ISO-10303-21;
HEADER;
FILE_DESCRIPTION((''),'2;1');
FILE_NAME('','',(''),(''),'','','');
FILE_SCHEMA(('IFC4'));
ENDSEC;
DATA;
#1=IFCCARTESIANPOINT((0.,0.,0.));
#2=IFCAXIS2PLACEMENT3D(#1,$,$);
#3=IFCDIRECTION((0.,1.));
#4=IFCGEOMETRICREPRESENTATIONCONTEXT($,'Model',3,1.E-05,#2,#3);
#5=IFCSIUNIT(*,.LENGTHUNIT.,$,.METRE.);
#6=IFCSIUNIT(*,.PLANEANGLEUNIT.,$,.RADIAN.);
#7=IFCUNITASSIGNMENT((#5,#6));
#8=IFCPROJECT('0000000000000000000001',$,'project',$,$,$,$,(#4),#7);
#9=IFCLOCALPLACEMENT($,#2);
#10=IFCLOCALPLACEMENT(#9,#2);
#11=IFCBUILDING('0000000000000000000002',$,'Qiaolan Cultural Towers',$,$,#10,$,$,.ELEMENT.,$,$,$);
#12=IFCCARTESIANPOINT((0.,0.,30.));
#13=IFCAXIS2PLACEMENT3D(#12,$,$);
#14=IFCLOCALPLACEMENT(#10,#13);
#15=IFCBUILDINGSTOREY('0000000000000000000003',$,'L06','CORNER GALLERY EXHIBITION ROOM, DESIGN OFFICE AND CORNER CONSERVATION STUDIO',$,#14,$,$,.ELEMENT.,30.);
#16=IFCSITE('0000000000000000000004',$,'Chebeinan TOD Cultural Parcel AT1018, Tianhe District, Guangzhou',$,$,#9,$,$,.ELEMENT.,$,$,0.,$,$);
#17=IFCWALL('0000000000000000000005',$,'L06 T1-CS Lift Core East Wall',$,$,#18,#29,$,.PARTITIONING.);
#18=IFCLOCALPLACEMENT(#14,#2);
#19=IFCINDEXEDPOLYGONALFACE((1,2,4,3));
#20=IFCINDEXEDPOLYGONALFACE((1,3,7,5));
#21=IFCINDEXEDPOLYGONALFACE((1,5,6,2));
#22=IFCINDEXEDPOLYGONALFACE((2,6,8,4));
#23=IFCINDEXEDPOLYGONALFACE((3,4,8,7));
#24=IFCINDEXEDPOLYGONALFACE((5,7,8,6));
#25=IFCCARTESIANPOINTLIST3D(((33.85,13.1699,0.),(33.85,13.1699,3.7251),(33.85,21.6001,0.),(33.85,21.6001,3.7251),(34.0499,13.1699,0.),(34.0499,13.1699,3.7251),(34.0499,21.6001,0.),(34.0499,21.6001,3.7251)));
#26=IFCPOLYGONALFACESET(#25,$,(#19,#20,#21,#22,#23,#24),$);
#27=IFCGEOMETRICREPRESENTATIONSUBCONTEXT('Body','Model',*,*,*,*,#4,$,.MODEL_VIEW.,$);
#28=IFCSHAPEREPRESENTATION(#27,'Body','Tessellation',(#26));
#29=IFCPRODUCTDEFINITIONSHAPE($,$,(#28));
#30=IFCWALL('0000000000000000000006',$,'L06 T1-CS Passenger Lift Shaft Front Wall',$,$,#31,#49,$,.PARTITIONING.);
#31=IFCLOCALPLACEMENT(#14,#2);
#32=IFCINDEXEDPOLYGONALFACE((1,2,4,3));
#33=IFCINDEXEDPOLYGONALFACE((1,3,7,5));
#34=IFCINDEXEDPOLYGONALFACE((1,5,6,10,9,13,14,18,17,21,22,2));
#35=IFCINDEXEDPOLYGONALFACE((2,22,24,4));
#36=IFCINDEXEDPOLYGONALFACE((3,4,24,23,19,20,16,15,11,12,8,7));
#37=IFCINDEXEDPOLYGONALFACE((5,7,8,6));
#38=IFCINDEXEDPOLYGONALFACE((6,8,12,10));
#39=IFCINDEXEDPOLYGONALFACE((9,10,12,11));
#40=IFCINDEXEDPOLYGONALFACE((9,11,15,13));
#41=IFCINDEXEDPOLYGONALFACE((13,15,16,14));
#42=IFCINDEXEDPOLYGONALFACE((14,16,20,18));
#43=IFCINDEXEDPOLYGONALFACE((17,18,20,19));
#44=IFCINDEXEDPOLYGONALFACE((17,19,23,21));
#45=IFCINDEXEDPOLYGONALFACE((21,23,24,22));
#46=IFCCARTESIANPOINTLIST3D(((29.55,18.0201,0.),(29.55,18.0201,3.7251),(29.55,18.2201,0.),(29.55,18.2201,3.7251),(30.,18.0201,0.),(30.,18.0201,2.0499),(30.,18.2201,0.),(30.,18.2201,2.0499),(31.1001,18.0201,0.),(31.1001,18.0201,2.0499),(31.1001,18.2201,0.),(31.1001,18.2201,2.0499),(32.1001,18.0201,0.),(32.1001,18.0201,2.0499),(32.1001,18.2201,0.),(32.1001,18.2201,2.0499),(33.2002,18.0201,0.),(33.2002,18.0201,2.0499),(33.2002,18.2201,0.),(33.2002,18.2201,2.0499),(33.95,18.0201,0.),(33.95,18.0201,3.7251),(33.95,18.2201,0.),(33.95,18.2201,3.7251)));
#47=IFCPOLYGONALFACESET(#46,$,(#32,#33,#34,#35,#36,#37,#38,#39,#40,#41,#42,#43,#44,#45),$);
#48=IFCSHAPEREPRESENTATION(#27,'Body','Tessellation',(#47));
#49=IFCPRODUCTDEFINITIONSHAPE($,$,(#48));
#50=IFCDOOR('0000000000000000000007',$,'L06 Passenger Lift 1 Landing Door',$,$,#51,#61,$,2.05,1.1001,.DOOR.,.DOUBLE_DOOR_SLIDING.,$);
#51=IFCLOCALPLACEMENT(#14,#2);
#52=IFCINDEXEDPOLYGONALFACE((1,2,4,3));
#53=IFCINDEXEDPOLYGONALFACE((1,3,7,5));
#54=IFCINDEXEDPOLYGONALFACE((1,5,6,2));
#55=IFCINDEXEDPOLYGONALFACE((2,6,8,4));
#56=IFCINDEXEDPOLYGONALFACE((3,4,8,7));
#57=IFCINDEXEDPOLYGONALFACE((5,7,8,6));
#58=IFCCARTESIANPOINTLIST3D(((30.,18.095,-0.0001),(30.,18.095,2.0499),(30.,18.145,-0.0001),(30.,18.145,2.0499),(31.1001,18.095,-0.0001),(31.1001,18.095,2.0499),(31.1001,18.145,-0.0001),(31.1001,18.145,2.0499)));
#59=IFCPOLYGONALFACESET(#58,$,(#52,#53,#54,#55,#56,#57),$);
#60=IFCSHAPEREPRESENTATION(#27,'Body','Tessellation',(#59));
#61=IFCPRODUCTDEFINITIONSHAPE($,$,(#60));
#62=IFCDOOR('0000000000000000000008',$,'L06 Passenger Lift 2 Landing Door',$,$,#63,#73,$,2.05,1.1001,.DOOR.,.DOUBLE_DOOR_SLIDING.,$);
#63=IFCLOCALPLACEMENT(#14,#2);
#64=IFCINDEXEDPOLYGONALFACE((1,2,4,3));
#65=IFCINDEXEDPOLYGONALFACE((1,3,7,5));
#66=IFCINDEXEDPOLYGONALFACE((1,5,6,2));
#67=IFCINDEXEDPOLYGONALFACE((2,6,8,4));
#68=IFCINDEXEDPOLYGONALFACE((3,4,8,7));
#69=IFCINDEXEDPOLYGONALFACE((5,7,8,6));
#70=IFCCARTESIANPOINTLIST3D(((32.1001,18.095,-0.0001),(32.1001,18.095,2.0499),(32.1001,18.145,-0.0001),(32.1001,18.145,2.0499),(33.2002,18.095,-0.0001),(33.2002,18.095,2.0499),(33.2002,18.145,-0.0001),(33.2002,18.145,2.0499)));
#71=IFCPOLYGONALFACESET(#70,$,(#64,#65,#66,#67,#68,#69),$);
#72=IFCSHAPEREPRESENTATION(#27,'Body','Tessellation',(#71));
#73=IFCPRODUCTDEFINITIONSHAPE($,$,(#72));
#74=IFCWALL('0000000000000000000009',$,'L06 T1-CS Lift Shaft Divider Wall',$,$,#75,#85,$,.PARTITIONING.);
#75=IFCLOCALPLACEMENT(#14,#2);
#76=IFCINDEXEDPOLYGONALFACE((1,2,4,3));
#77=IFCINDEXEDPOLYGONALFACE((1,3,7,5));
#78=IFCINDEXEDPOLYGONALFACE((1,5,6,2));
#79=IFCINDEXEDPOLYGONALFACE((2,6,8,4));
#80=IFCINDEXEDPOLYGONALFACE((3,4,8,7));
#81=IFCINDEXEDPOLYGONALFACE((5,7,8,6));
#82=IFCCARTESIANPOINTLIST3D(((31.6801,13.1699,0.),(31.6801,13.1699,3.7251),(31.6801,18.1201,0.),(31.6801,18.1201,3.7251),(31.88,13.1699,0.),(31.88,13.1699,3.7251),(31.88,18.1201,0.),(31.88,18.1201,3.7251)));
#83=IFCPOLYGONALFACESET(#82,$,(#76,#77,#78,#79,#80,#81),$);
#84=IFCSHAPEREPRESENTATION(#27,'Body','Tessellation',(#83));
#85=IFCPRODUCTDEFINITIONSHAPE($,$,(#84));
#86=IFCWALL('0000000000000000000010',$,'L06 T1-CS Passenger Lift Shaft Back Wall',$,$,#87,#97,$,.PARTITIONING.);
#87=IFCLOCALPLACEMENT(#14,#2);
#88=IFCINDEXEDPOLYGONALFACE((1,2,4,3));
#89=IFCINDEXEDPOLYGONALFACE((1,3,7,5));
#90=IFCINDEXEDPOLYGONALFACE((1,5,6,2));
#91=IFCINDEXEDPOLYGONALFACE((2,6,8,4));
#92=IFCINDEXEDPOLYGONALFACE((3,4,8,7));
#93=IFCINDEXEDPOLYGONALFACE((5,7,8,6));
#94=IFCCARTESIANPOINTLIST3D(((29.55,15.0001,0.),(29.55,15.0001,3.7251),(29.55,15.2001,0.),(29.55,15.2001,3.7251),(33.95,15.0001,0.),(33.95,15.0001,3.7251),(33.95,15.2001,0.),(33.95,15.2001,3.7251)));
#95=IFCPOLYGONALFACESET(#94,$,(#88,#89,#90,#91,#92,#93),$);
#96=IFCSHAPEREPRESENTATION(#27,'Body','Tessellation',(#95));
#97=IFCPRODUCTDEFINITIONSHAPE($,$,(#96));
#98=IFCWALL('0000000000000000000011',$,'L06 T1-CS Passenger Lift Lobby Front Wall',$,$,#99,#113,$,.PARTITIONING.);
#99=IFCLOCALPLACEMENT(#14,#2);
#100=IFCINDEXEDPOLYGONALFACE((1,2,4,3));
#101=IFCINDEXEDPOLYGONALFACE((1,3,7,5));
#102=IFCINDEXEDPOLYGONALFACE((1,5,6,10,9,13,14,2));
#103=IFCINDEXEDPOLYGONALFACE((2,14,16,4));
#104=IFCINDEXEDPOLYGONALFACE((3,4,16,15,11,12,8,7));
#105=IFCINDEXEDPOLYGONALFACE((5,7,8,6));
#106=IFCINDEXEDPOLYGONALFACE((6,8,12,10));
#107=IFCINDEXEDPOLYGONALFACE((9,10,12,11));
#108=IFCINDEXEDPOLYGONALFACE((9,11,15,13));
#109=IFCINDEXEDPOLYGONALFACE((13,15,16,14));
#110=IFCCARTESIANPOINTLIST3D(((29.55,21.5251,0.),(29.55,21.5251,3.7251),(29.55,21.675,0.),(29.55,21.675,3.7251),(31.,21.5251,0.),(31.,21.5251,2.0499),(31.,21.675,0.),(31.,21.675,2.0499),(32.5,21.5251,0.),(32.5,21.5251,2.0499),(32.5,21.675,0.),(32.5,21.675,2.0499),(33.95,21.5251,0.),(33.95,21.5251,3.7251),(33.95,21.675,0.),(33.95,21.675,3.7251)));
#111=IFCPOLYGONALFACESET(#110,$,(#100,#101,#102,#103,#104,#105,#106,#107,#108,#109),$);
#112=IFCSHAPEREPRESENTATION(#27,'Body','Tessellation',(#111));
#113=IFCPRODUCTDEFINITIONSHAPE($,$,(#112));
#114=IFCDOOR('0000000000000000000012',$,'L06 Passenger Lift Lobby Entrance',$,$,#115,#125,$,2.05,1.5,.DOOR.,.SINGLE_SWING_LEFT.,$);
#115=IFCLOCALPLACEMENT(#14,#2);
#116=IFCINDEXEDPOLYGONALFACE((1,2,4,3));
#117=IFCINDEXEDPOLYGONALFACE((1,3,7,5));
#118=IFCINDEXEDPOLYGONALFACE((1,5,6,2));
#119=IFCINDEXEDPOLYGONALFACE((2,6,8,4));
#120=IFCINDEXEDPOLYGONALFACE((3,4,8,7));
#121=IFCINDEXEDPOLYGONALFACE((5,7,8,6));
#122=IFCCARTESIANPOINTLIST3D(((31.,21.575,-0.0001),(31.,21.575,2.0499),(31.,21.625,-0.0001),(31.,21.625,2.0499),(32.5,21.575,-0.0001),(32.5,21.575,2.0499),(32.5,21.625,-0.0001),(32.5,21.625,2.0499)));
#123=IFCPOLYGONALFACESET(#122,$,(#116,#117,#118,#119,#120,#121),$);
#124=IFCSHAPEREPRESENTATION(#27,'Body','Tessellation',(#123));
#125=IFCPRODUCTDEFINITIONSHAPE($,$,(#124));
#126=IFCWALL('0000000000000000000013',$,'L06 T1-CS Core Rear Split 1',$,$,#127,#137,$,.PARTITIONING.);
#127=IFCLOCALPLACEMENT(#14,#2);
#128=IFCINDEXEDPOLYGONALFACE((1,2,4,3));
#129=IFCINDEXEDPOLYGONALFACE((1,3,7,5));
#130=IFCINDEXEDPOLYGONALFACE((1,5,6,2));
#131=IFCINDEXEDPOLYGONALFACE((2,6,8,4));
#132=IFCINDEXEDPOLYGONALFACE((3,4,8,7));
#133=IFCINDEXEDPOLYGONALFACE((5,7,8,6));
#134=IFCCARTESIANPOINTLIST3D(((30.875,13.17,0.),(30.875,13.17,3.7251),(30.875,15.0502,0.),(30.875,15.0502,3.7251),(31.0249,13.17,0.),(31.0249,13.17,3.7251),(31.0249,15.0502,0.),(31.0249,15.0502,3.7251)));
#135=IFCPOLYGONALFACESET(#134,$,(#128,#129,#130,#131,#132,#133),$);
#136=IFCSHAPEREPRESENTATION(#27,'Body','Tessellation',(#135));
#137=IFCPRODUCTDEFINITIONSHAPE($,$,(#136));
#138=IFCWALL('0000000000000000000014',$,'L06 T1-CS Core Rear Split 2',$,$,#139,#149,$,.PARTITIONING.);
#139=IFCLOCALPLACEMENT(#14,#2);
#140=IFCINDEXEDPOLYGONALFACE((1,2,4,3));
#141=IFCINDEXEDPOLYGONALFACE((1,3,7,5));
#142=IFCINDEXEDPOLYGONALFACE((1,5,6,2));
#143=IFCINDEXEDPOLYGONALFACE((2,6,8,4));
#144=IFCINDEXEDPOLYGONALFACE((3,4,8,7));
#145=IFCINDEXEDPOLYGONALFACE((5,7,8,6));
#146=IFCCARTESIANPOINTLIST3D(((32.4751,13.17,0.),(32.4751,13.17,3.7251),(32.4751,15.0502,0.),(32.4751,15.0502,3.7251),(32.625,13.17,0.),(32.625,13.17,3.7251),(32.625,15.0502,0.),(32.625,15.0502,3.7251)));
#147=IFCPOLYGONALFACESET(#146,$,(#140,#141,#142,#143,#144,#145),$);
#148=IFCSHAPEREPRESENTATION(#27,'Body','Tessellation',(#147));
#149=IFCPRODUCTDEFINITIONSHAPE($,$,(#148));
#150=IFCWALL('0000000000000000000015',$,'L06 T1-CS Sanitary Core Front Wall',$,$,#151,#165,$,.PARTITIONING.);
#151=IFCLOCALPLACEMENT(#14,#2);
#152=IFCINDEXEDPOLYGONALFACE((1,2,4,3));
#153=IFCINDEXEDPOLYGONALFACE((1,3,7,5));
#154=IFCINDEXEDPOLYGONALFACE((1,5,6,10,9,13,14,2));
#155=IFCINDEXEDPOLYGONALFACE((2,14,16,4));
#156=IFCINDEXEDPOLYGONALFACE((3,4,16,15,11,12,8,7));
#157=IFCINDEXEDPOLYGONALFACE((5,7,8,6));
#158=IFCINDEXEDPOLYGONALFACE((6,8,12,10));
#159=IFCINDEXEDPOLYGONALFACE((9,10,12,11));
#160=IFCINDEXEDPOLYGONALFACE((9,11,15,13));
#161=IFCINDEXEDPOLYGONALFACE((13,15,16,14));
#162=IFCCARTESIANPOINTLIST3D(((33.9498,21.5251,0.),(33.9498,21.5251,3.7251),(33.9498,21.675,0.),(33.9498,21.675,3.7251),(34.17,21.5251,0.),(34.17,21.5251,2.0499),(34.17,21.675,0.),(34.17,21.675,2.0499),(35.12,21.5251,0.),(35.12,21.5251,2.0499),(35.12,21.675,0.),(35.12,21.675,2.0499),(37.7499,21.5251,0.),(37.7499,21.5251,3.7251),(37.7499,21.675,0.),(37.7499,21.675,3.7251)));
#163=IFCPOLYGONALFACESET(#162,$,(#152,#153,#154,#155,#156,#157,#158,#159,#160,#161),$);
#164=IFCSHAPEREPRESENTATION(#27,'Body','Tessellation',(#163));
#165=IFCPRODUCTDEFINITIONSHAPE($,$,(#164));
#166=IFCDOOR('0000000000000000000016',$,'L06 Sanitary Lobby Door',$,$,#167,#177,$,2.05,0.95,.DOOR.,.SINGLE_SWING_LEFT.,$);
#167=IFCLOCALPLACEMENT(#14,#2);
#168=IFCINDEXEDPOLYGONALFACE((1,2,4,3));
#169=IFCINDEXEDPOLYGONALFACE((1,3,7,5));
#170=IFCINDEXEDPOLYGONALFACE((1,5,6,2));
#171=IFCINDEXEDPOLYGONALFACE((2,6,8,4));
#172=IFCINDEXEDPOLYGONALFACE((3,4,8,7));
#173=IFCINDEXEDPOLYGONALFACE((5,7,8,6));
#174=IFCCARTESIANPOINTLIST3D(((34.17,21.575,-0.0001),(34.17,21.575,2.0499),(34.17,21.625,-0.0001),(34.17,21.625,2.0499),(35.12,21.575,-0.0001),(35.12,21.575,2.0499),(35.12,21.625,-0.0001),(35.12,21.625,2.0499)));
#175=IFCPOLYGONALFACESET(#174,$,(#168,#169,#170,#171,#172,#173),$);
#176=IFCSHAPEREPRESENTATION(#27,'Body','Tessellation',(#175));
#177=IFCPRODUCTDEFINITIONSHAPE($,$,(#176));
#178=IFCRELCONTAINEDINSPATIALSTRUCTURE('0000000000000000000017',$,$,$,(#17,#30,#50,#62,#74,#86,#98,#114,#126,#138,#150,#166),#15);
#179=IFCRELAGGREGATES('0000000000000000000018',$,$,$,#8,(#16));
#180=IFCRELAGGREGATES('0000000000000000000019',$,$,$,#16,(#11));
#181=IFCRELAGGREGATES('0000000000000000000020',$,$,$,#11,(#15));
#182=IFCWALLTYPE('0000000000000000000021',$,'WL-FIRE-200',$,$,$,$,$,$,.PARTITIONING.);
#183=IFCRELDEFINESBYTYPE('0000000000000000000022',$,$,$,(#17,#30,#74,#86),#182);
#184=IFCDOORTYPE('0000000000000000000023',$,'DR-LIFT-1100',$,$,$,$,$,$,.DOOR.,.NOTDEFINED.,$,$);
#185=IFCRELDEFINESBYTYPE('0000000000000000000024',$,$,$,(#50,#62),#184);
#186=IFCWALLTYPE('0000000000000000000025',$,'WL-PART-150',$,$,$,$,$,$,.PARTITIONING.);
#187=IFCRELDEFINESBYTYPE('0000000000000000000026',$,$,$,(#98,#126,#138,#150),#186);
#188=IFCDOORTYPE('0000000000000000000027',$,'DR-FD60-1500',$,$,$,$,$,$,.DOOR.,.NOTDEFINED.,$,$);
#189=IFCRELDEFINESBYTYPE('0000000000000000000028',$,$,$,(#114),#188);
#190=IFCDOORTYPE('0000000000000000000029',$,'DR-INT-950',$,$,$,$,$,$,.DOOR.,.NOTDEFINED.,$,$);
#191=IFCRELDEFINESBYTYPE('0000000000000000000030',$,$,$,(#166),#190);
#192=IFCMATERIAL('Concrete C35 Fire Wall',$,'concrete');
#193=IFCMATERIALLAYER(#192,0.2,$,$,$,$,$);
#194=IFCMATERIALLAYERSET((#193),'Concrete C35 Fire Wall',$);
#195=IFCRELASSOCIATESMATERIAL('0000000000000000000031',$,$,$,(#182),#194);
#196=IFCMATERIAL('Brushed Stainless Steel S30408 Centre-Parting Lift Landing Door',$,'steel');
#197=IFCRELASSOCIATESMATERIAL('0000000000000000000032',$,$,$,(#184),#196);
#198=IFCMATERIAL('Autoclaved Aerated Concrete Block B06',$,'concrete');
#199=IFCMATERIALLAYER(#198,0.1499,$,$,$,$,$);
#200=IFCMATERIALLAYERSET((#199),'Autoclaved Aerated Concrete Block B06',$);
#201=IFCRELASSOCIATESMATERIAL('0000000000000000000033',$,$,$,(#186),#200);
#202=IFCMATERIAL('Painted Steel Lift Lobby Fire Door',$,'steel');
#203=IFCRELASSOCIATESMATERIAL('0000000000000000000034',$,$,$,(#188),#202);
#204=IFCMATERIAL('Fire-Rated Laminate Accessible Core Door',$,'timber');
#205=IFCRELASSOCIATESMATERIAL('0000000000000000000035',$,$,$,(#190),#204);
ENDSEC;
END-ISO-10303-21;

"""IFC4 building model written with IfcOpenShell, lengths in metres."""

from ifc_helpers import new_model, si_unit, direction, frame, frame_2d, origin, place, context, subcontext, project, spatial, rectangle, extrude, material, layer, layer_set, type_object, element, fill, save


model = new_model("IFC4")

# Units and contexts
model_context = context("Model", 3, precision=1e-05, world=origin(), true_north=direction((0.0, 1.0)))
body_context = subcontext(model_context, "Body", "Model", "MODEL_VIEW")
ifc_project = project(units=[si_unit("LENGTHUNIT", "METRE"), si_unit("PLANEANGLEUNIT", "RADIAN")], contexts=[model_context])

# Site, building, storey
site_placement = place(None, origin())
site = spatial("IfcSite", under=ifc_project, at=site_placement, Name="Chebeinan TOD Cultural Parcel AT1018, Tianhe District, Guangzhou", CompositionType="ELEMENT", RefElevation=0.0)
building_placement = place(site_placement, origin())
building = spatial("IfcBuilding", under=site, at=building_placement, Name="Qiaolan Cultural Towers", CompositionType="ELEMENT")
storey_placement = place(building_placement, frame((0.0, 0.0, 30.0)))
storey = spatial("IfcBuildingStorey", under=building, at=storey_placement, Name="L06", Description="CORNER GALLERY EXHIBITION ROOM, DESIGN OFFICE AND CORNER CONSERVATION STUDIO", CompositionType="ELEMENT", Elevation=30.0)

# Shared definitions
ifc_material_1 = material(Name="Concrete C35 Fire Wall", Category="concrete")
ifc_layer_1 = layer(ifc_material_1, 0.2)
ifc_layer_set_1 = layer_set([ifc_layer_1], Name="Concrete C35 Fire Wall")
wall_type_1 = type_object("IfcWallType", Name="WL-FIRE-200", PredefinedType="PARTITIONING", material=ifc_layer_set_1)

# Wall
wall_1_placement = place(storey_placement, frame((33.95, 21.6001, 0.0), z_axis=(0.0, 0.0, 1.0), x_axis=(0.0, -1.0, 0.0)))
element("IfcWall", 1, at=wall_1_placement, inside=storey, type_object=wall_type_1, Name="L06 T1-CS Lift Core East Wall", PredefinedType="PARTITIONING", context=body_context, shape_type="SweptSolid", body=[
    extrude(rectangle(XDim=8.4302, YDim=0.2, at=frame_2d((4.2151, 0.0))), origin(), (0.0, 0.0, 1.0), 3.7251),
])

# Wall, openings, doors
wall_2_placement = place(storey_placement, frame((29.55, 18.1201, 0.0), z_axis=(0.0, 0.0, 1.0), x_axis=(1.0, 0.0, 0.0)))
wall_2 = element("IfcWall", 2, at=wall_2_placement, inside=storey, type_object=wall_type_1, Name="L06 T1-CS Passenger Lift Shaft Front Wall", PredefinedType="PARTITIONING", context=body_context, shape_type="SweptSolid", body=[
    extrude(rectangle(XDim=4.3999, YDim=0.2, at=frame_2d((2.2, 0.0))), origin(), (0.0, 0.0, 1.0), 3.7251),
])
opening_1_placement = place(wall_2_placement, frame((0.45, 0.0, 0.0)))
opening_1 = element("IfcOpeningElement", 3, at=opening_1_placement, cuts=wall_2, PredefinedType="OPENING", context=body_context, shape_type="SweptSolid", body=[
    extrude(rectangle(XDim=1.1001, YDim=2.05, at=frame_2d((0.55, 1.0249))), frame((0.0, 0.1099, 0.0), z_axis=(0.0, -1.0, 0.0), x_axis=(1.0, 0.0, 0.0)), (0.0, 0.0, 1.0), 0.22),
])
opening_2_placement = place(wall_2_placement, frame((2.55, 0.0, 0.0)))
opening_2 = element("IfcOpeningElement", 4, at=opening_2_placement, cuts=wall_2, PredefinedType="OPENING", context=body_context, shape_type="SweptSolid", body=[
    extrude(rectangle(XDim=1.1001, YDim=2.05, at=frame_2d((0.55, 1.0249))), frame((0.0, 0.1099, 0.0), z_axis=(0.0, -1.0, 0.0), x_axis=(1.0, 0.0, 0.0)), (0.0, 0.0, 1.0), 0.22),
])
ifc_material_2 = material(Name="Brushed Stainless Steel S30408 Centre-Parting Lift Landing Door", Category="steel")
door_type_1 = type_object("IfcDoorType", Name="DR-LIFT-1100", OperationType="NOTDEFINED", PredefinedType="DOOR", material=ifc_material_2)
door_1_placement = place(opening_1_placement, origin())
door_1 = element("IfcDoor", 5, at=door_1_placement, inside=storey, type_object=door_type_1, Name="L06 Passenger Lift 1 Landing Door", OperationType="DOUBLE_DOOR_SLIDING", OverallHeight=2.05, OverallWidth=1.1001, PredefinedType="DOOR", context=body_context, shape_type="SweptSolid", body=[
    extrude(rectangle(XDim=1.1001, YDim=2.05, at=frame_2d((0.55, 1.0249))), frame((0.0, 0.0249, 0.0), z_axis=(0.0, -1.0, 0.0), x_axis=(1.0, 0.0, 0.0)), (0.0, 0.0, 1.0), 0.05),
])
fill(opening_1, door_1)
door_2_placement = place(opening_2_placement, origin())
door_2 = element("IfcDoor", 6, at=door_2_placement, inside=storey, type_object=door_type_1, Name="L06 Passenger Lift 2 Landing Door", OperationType="DOUBLE_DOOR_SLIDING", OverallHeight=2.05, OverallWidth=1.1001, PredefinedType="DOOR", context=body_context, shape_type="SweptSolid", body=[
    extrude(rectangle(XDim=1.1001, YDim=2.05, at=frame_2d((0.55, 1.0249))), frame((0.0, 0.0249, 0.0), z_axis=(0.0, -1.0, 0.0), x_axis=(1.0, 0.0, 0.0)), (0.0, 0.0, 1.0), 0.05),
])
fill(opening_2, door_2)

# Walls
wall_3_placement = place(storey_placement, frame((31.78, 18.1201, 0.0), z_axis=(0.0, 0.0, 1.0), x_axis=(0.0, -1.0, 0.0)))
element("IfcWall", 7, at=wall_3_placement, inside=storey, type_object=wall_type_1, Name="L06 T1-CS Lift Shaft Divider Wall", PredefinedType="PARTITIONING", context=body_context, shape_type="SweptSolid", body=[
    extrude(rectangle(XDim=4.9502, YDim=0.2, at=frame_2d((2.4751, 0.0))), origin(), (0.0, 0.0, 1.0), 3.7251),
])
wall_4_placement = place(storey_placement, frame((29.55, 15.1001, 0.0), z_axis=(0.0, 0.0, 1.0), x_axis=(1.0, 0.0, 0.0)))
element("IfcWall", 8, at=wall_4_placement, inside=storey, type_object=wall_type_1, Name="L06 T1-CS Passenger Lift Shaft Back Wall", PredefinedType="PARTITIONING", context=body_context, shape_type="SweptSolid", body=[
    extrude(rectangle(XDim=4.3999, YDim=0.2, at=frame_2d((2.2, 0.0))), origin(), (0.0, 0.0, 1.0), 3.7251),
])

# Wall, opening, door
ifc_material_3 = material(Name="Autoclaved Aerated Concrete Block B06", Category="concrete")
ifc_layer_2 = layer(ifc_material_3, 0.1499)
ifc_layer_set_2 = layer_set([ifc_layer_2], Name="Autoclaved Aerated Concrete Block B06")
wall_type_2 = type_object("IfcWallType", Name="WL-PART-150", PredefinedType="PARTITIONING", material=ifc_layer_set_2)
wall_5_placement = place(storey_placement, frame((29.55, 21.6001, 0.0), z_axis=(0.0, 0.0, 1.0), x_axis=(1.0, 0.0, 0.0)))
wall_5 = element("IfcWall", 9, at=wall_5_placement, inside=storey, type_object=wall_type_2, Name="L06 T1-CS Passenger Lift Lobby Front Wall", PredefinedType="PARTITIONING", context=body_context, shape_type="SweptSolid", body=[
    extrude(rectangle(XDim=4.3999, YDim=0.1499, at=frame_2d((2.2, 0.0))), origin(), (0.0, 0.0, 1.0), 3.7251),
])
opening_3_placement = place(wall_5_placement, frame((1.45, 0.0, 0.0)))
opening_3 = element("IfcOpeningElement", 10, at=opening_3_placement, cuts=wall_5, PredefinedType="OPENING", context=body_context, shape_type="SweptSolid", body=[
    extrude(rectangle(XDim=1.5, YDim=2.05, at=frame_2d((0.75, 1.0249))), frame((0.0, 0.085, 0.0), z_axis=(0.0, -1.0, 0.0), x_axis=(1.0, 0.0, 0.0)), (0.0, 0.0, 1.0), 0.1699),
])
ifc_material_4 = material(Name="Painted Steel Lift Lobby Fire Door", Category="steel")
door_type_2 = type_object("IfcDoorType", Name="DR-FD60-1500", OperationType="NOTDEFINED", PredefinedType="DOOR", material=ifc_material_4)
door_3_placement = place(opening_3_placement, origin())
door_3 = element("IfcDoor", 11, at=door_3_placement, inside=storey, type_object=door_type_2, Name="L06 Passenger Lift Lobby Entrance", OperationType="SINGLE_SWING_LEFT", OverallHeight=2.05, OverallWidth=1.5, PredefinedType="DOOR", context=body_context, shape_type="SweptSolid", body=[
    extrude(rectangle(XDim=1.5, YDim=2.05, at=frame_2d((0.75, 1.0249))), frame((0.0, 0.0249, 0.0), z_axis=(0.0, -1.0, 0.0), x_axis=(1.0, 0.0, 0.0)), (0.0, 0.0, 1.0), 0.05),
])
fill(opening_3, door_3)

# Walls
for number, where, z_axis, x_axis, name in (
    (12, (30.95, 15.05, 0.0), (0.0, 0.0, 1.0), (0.0, -1.0, 0.0), "L06 T1-CS Core Rear Split 1"),
    (13, (32.55, 15.05, 0.0), (0.0, 0.0, 1.0), (0.0, -1.0, 0.0), "L06 T1-CS Core Rear Split 2"),
):
    element("IfcWall", number, at=place(storey_placement, frame(where, z_axis=z_axis, x_axis=x_axis)), inside=storey, type_object=wall_type_2, Name=name, PredefinedType="PARTITIONING", context=body_context, shape_type="SweptSolid", body=[
        extrude(rectangle(XDim=1.8801, YDim=0.1499, at=frame_2d((0.9399, 0.0))), origin(), (0.0, 0.0, 1.0), 3.7251),
    ])

# Wall, opening, door
wall_6_placement = place(storey_placement, frame((33.95, 21.6001, 0.0), z_axis=(0.0, 0.0, 1.0), x_axis=(1.0, 0.0, 0.0)))
wall_6 = element("IfcWall", 14, at=wall_6_placement, inside=storey, type_object=wall_type_2, Name="L06 T1-CS Sanitary Core Front Wall", PredefinedType="PARTITIONING", context=body_context, shape_type="SweptSolid", body=[
    extrude(rectangle(XDim=3.8, YDim=0.1499, at=frame_2d((1.8999, 0.0))), origin(), (0.0, 0.0, 1.0), 3.7251),
])
opening_4_placement = place(wall_6_placement, frame((0.22, 0.0, 0.0)))
opening_4 = element("IfcOpeningElement", 15, at=opening_4_placement, cuts=wall_6, PredefinedType="OPENING", context=body_context, shape_type="SweptSolid", body=[
    extrude(rectangle(XDim=0.95, YDim=2.05, at=frame_2d((0.4751, 1.0249))), frame((0.0, 0.085, 0.0), z_axis=(0.0, -1.0, 0.0), x_axis=(1.0, 0.0, 0.0)), (0.0, 0.0, 1.0), 0.1699),
])
ifc_material_5 = material(Name="Fire-Rated Laminate Accessible Core Door", Category="timber")
door_type_3 = type_object("IfcDoorType", Name="DR-INT-950", OperationType="NOTDEFINED", PredefinedType="DOOR", material=ifc_material_5)
door_4_placement = place(opening_4_placement, origin())
door_4 = element("IfcDoor", 16, at=door_4_placement, inside=storey, type_object=door_type_3, Name="L06 Sanitary Lobby Door", OperationType="SINGLE_SWING_LEFT", OverallHeight=2.05, OverallWidth=0.95, PredefinedType="DOOR", context=body_context, shape_type="SweptSolid", body=[
    extrude(rectangle(XDim=0.95, YDim=2.05, at=frame_2d((0.4751, 1.0249))), frame((0.0, 0.0249, 0.0), z_axis=(0.0, -1.0, 0.0), x_axis=(1.0, 0.0, 0.0)), (0.0, 0.0, 1.0), 0.05),
])
fill(opening_4, door_4)

save(model, "model.ifc")
